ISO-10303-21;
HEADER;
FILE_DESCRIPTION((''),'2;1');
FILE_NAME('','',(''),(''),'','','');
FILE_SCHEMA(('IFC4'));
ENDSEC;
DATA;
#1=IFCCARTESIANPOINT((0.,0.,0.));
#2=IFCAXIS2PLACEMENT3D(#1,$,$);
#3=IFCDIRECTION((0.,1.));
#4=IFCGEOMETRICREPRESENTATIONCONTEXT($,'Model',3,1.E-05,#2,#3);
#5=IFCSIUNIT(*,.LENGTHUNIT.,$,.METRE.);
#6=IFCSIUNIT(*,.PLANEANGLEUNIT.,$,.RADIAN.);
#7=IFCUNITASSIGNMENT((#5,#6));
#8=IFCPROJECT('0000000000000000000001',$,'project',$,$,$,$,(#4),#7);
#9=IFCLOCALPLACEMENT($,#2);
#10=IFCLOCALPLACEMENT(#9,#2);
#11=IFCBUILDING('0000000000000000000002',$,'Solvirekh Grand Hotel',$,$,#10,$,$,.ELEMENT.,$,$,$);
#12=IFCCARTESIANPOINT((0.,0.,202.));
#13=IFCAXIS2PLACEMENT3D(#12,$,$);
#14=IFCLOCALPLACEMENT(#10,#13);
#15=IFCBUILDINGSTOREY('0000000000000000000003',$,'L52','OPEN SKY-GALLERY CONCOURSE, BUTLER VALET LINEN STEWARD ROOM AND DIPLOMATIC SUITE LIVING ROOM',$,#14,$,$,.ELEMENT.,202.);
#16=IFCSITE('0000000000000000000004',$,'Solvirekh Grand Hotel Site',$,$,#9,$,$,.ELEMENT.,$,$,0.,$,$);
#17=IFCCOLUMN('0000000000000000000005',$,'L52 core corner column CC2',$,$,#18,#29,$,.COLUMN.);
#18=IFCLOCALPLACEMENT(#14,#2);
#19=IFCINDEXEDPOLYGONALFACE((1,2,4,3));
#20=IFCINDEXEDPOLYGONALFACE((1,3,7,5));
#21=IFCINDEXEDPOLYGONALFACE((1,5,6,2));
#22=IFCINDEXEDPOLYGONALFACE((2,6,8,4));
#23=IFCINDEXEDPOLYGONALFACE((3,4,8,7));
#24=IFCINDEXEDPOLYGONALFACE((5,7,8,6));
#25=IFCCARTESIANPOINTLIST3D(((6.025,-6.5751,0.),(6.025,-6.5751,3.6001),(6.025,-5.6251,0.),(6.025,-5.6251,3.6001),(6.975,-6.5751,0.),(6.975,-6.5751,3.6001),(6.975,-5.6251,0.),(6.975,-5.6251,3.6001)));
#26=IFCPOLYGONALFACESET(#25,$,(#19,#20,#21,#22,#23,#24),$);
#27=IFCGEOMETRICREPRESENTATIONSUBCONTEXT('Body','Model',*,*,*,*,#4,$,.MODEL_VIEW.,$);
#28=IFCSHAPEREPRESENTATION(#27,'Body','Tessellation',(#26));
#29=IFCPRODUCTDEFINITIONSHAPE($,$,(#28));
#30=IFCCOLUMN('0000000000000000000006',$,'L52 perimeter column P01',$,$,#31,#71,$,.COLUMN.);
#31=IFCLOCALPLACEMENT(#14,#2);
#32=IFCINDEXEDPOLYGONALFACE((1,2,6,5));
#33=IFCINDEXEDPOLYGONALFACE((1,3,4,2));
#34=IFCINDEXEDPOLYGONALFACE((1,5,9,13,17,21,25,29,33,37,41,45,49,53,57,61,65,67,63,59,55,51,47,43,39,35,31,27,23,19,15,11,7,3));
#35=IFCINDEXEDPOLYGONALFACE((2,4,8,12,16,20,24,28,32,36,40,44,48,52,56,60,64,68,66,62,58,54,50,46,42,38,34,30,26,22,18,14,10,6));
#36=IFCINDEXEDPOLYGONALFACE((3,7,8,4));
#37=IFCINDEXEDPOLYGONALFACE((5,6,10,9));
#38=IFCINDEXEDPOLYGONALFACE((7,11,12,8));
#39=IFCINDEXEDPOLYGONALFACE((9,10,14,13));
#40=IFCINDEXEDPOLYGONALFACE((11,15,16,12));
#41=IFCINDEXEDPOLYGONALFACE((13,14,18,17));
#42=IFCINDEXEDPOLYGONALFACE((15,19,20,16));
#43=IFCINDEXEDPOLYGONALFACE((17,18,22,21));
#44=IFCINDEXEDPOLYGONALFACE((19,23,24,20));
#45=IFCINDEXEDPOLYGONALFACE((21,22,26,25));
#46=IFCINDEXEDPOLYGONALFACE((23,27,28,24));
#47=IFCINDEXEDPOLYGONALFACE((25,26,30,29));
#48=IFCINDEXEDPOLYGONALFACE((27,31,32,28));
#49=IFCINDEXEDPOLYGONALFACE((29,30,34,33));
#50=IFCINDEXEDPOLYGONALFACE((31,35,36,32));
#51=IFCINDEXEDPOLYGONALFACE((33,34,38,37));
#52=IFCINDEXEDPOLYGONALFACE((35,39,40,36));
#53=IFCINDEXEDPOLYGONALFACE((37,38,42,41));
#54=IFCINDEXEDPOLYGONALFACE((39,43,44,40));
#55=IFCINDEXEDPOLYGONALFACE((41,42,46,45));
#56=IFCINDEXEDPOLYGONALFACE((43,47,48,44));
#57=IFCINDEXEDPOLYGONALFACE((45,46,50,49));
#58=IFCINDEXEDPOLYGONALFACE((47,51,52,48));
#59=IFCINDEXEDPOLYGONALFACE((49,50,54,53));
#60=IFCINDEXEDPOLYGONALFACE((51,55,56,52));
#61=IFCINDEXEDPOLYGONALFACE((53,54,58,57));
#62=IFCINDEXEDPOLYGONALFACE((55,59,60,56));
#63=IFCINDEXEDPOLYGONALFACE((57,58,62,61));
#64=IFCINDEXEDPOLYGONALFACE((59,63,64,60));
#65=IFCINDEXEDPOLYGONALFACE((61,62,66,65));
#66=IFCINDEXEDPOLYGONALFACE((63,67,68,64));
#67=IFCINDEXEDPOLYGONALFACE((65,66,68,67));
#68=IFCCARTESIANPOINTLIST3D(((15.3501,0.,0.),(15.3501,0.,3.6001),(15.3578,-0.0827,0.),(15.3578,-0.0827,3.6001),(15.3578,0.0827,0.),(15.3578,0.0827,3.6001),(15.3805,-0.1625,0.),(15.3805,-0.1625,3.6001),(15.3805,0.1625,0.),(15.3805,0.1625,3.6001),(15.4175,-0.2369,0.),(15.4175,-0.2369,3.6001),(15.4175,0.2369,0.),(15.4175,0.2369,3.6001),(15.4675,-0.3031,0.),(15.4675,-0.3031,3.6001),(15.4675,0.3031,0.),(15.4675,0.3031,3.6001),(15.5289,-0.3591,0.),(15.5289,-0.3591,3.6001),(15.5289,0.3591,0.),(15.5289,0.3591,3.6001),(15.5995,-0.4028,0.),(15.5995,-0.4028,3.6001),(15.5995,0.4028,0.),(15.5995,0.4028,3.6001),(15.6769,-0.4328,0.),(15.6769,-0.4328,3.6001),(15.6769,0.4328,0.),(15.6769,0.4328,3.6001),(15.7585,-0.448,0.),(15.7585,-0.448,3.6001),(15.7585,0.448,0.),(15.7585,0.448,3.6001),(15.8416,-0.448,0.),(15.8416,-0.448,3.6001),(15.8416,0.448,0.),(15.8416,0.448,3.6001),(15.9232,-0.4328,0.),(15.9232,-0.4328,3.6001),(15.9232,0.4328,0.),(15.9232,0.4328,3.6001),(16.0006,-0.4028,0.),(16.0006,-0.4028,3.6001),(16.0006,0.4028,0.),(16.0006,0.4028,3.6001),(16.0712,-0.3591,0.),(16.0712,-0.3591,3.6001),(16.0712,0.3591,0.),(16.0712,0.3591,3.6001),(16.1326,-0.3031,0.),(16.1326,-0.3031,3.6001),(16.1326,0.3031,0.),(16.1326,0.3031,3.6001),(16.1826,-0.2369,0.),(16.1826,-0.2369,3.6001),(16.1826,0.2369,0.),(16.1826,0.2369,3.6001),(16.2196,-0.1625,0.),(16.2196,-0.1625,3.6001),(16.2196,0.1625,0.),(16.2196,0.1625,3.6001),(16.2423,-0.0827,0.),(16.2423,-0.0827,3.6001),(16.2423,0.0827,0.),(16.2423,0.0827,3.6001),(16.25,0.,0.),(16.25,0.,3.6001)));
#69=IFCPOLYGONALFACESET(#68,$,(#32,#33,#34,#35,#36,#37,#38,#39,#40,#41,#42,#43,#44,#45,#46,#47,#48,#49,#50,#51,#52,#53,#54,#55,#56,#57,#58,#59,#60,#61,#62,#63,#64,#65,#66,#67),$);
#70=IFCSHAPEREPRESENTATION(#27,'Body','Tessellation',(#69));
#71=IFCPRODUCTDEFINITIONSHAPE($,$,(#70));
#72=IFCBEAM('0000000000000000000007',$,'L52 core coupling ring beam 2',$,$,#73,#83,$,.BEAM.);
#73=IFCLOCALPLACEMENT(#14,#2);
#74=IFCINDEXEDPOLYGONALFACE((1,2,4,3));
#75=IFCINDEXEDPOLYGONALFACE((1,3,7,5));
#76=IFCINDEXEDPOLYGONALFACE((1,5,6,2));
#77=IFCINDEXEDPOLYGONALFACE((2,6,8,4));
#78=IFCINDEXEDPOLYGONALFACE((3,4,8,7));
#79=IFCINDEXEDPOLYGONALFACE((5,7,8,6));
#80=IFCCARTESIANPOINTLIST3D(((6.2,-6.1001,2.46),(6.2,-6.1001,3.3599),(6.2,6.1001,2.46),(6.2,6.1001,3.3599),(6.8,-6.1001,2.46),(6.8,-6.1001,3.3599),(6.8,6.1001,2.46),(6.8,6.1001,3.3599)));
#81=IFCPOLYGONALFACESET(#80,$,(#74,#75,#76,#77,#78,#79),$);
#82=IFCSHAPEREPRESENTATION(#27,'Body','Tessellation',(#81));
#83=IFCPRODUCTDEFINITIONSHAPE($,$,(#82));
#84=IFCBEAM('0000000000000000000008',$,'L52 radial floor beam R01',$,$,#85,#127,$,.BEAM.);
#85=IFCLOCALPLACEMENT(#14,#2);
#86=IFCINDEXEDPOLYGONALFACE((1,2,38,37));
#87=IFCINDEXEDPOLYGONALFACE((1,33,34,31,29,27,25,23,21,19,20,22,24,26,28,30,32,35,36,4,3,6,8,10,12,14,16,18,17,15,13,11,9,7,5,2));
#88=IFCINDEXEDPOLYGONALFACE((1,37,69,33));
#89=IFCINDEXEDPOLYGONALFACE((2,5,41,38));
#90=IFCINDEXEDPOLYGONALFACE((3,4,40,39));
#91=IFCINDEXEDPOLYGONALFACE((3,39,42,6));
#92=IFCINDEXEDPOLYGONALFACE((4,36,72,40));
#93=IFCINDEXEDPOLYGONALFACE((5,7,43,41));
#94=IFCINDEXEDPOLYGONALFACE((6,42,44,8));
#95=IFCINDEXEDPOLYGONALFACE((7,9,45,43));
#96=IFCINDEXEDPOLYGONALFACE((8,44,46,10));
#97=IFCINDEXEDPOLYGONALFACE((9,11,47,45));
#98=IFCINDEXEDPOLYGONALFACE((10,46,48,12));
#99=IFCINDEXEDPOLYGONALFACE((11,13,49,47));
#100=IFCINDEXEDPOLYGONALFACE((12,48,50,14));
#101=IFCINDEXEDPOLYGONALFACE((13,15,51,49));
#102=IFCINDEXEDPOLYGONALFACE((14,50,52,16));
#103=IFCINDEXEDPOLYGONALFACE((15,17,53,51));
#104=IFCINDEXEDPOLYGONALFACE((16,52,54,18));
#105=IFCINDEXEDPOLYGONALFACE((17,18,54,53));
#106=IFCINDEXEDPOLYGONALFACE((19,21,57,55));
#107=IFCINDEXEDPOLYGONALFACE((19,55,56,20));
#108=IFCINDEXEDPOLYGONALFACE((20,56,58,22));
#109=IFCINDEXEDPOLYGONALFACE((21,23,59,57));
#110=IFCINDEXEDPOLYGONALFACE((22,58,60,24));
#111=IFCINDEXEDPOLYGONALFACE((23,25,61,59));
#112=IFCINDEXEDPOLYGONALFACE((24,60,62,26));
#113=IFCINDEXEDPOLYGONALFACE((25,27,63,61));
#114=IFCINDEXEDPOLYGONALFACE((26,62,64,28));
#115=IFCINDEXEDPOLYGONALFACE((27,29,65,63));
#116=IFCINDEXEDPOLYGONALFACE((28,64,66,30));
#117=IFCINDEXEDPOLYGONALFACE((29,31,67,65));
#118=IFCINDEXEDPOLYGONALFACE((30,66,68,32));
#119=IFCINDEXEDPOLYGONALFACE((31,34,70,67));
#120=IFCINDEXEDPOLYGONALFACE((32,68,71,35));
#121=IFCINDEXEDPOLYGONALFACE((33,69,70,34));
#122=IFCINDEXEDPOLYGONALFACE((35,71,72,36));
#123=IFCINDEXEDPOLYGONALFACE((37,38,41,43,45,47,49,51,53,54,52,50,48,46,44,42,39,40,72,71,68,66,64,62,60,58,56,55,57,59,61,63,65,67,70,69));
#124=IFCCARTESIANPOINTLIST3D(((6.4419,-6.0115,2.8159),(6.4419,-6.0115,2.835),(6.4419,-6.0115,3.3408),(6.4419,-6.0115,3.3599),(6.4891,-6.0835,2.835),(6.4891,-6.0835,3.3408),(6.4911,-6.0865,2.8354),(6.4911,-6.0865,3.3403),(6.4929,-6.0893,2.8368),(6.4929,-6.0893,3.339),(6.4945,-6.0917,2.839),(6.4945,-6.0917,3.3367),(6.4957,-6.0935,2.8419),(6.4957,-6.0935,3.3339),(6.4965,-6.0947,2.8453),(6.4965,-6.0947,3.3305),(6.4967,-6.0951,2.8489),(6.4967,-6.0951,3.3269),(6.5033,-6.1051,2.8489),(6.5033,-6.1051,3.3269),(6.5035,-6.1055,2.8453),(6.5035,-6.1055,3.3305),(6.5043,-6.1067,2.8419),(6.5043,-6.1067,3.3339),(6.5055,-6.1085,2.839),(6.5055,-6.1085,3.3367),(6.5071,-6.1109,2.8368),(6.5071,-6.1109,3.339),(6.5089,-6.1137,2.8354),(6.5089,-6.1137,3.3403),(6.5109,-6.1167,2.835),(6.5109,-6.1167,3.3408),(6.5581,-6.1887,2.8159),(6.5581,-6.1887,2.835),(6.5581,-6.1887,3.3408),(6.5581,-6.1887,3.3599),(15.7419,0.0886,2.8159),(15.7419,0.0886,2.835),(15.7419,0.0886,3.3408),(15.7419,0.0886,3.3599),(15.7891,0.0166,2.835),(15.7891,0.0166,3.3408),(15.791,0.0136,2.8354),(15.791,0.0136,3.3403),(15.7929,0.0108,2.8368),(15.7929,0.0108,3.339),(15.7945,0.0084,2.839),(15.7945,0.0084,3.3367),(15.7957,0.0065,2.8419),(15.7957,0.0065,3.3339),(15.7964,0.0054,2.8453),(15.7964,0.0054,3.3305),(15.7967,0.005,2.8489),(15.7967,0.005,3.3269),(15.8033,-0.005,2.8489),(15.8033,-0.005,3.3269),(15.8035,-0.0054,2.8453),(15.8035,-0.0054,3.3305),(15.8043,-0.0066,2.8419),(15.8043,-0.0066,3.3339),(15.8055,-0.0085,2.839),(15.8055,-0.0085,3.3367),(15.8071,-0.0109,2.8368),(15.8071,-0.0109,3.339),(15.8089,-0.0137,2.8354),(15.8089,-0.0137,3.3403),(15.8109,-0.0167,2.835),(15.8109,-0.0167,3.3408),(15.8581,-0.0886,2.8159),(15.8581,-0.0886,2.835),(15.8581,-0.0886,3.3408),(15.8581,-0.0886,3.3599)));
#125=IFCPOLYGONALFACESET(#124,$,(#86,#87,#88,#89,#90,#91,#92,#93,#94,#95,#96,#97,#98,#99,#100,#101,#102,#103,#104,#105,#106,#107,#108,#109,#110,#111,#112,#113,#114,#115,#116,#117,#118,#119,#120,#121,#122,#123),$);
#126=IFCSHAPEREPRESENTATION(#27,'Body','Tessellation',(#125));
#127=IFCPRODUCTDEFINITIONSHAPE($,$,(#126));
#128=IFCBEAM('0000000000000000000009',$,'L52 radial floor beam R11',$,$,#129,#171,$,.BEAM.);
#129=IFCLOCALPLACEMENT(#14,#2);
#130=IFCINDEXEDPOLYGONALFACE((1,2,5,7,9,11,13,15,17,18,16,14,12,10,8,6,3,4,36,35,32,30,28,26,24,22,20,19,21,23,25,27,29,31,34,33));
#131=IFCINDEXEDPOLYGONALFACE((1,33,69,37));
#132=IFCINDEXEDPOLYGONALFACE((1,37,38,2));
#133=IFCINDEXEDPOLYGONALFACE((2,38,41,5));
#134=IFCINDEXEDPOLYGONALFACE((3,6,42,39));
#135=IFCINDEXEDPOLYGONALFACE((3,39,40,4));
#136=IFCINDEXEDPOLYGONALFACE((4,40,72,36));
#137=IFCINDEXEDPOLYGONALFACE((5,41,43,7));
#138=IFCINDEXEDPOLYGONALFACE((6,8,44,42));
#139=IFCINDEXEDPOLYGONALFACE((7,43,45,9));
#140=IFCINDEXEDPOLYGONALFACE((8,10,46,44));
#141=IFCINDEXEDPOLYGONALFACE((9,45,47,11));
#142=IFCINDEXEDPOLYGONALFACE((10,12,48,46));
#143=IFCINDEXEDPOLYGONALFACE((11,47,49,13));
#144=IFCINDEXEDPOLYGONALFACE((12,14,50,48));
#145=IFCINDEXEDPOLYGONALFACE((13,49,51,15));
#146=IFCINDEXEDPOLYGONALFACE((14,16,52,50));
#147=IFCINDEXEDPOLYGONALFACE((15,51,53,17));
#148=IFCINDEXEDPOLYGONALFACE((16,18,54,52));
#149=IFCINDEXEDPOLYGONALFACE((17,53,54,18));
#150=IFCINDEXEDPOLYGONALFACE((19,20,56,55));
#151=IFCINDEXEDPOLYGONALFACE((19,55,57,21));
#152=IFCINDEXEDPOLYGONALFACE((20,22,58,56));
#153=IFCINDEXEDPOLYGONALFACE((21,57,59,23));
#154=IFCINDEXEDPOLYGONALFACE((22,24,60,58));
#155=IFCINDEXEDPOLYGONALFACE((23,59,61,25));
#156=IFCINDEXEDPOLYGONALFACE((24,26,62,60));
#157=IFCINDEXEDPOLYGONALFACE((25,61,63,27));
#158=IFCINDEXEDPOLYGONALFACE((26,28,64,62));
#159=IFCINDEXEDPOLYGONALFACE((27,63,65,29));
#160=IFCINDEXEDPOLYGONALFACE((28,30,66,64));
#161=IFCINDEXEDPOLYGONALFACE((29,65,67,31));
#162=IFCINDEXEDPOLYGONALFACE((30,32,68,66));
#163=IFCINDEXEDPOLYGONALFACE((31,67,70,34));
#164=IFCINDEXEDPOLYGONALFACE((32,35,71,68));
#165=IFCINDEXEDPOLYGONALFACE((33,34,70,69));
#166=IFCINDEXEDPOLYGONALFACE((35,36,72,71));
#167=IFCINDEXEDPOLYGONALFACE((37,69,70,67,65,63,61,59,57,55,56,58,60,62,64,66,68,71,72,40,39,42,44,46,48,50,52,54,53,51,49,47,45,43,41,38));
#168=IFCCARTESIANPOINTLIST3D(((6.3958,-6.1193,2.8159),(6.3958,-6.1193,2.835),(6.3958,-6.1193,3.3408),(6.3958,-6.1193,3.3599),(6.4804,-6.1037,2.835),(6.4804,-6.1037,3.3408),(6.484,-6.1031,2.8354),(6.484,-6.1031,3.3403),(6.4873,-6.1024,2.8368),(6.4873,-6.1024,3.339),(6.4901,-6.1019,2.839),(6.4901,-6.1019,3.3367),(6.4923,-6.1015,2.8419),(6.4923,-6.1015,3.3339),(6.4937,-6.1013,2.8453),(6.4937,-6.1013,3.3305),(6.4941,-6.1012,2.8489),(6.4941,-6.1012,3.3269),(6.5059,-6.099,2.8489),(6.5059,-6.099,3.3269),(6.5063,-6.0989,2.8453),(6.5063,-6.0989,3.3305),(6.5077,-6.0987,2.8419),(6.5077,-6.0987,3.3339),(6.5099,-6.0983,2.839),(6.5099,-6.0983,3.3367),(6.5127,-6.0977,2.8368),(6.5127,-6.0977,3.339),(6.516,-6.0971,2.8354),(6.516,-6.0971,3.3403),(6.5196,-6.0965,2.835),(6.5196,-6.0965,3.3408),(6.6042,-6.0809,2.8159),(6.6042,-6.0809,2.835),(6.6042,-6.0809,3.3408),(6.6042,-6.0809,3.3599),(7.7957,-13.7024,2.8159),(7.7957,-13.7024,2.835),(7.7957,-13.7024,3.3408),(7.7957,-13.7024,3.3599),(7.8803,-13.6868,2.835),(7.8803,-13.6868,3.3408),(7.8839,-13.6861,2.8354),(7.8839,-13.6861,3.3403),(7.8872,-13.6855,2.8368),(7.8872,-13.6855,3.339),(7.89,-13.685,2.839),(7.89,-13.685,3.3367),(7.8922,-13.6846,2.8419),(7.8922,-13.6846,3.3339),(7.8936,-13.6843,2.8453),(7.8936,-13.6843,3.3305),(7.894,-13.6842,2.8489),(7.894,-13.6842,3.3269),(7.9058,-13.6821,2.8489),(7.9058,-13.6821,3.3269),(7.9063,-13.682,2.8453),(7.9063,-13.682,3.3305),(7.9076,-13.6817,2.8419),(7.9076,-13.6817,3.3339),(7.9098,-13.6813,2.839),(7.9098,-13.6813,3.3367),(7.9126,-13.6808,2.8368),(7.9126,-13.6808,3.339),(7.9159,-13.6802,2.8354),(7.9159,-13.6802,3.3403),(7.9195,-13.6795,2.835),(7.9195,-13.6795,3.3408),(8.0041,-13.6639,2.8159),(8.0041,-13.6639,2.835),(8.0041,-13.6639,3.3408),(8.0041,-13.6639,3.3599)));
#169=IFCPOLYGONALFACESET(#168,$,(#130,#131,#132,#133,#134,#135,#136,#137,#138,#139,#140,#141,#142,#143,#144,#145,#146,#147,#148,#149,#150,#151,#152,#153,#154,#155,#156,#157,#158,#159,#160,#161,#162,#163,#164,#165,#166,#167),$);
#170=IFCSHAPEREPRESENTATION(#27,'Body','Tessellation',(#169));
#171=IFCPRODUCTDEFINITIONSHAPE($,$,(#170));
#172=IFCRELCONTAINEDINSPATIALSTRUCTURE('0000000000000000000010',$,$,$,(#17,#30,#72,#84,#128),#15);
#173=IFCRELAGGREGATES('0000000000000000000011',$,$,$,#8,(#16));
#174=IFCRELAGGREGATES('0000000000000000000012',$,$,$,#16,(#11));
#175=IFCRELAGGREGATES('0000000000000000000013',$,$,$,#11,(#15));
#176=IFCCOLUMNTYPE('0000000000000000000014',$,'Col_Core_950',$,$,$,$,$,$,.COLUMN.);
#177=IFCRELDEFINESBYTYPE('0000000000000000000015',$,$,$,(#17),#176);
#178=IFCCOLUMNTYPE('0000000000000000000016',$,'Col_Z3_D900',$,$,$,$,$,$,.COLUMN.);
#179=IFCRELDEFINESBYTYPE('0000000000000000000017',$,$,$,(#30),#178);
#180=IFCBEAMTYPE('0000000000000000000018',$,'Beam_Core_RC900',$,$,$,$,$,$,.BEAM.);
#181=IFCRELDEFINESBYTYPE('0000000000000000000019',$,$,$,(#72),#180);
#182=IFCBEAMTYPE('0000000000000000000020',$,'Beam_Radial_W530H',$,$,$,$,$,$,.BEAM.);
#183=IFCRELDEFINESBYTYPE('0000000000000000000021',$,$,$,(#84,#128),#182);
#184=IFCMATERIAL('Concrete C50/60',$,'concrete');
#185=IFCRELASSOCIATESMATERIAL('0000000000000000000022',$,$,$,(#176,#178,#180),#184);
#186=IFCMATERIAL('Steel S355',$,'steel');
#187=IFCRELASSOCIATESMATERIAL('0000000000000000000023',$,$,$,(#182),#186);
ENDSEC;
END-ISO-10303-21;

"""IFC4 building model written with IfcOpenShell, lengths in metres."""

from ifc_helpers import new_model, si_unit, direction, frame, origin, origin_2d, place, context, subcontext, project, spatial, rectangle, circle, i_section, extrude, material, material_profile, profile_set, type_object, element, save


model = new_model("IFC4")

# Units and contexts
model_context = context("Model", 3, precision=1e-05, world=origin(), true_north=direction((0.0, 1.0)))
body_context = subcontext(model_context, "Body", "Model", "MODEL_VIEW")
ifc_project = project(units=[si_unit("LENGTHUNIT", "METRE"), si_unit("PLANEANGLEUNIT", "RADIAN")], contexts=[model_context])

# Site, building, storey
site_placement = place(None, origin())
site = spatial("IfcSite", under=ifc_project, at=site_placement, Name="Solvirekh Grand Hotel Site", CompositionType="ELEMENT", RefElevation=0.0)
building_placement = place(site_placement, origin())
building = spatial("IfcBuilding", under=site, at=building_placement, Name="Solvirekh Grand Hotel", CompositionType="ELEMENT")
storey_placement = place(building_placement, frame((0.0, 0.0, 202.0)))
storey = spatial("IfcBuildingStorey", under=building, at=storey_placement, Name="L52", Description="OPEN SKY-GALLERY CONCOURSE, BUTLER VALET LINEN STEWARD ROOM AND DIPLOMATIC SUITE LIVING ROOM", CompositionType="ELEMENT", Elevation=202.0)

# Columns
ifc_material_1 = material(Name="Concrete C50/60", Category="concrete")
ifc_material_profile_1 = material_profile(ifc_material_1, rectangle(XDim=0.95, YDim=0.95, at=origin_2d()), Name="RC 950X950")
ifc_profile_set_1 = profile_set([ifc_material_profile_1], Name="Concrete C50/60")
column_type_1 = type_object("IfcColumnType", Name="Col_Core_950", PredefinedType="COLUMN", material=ifc_profile_set_1)
column_1_placement = place(storey_placement, frame((6.5, -6.1001, 0.0), z_axis=(0.0, 0.0, 1.0), x_axis=(1.0, 0.0, 0.0)))
element("IfcColumn", 1, at=column_1_placement, inside=storey, type_object=column_type_1, Name="L52 core corner column CC2", PredefinedType="COLUMN", context=body_context, shape_type="SweptSolid", body=[
    extrude(rectangle(XDim=0.95, YDim=0.95, at=origin_2d()), origin(), (0.0, 0.0, 1.0), 3.6001),
])
ifc_material_profile_2 = material_profile(ifc_material_1, circle(Radius=0.45, at=origin_2d()), Name="RC CIRC D900")
ifc_profile_set_2 = profile_set([ifc_material_profile_2], Name="Concrete C50/60")
column_type_2 = type_object("IfcColumnType", Name="Col_Z3_D900", PredefinedType="COLUMN", material=ifc_profile_set_2)
column_2_placement = place(storey_placement, frame((15.8, 0.0, 0.0), z_axis=(0.0, 0.0, 1.0), x_axis=(1.0, 0.0, 0.0)))
element("IfcColumn", 2, at=column_2_placement, inside=storey, type_object=column_type_2, Name="L52 perimeter column P01", PredefinedType="COLUMN", context=body_context, shape_type="SweptSolid", body=[
    extrude(circle(Radius=0.45, at=origin_2d()), origin(), (0.0, 0.0, 1.0), 3.6001),
])

# Beams
ifc_material_profile_3 = material_profile(ifc_material_1, rectangle(XDim=0.6001, YDim=0.8999, at=origin_2d()), Name="RC BEAM 600X900")
ifc_profile_set_3 = profile_set([ifc_material_profile_3], Name="Concrete C50/60")
beam_type_1 = type_object("IfcBeamType", Name="Beam_Core_RC900", PredefinedType="BEAM", material=ifc_profile_set_3)
beam_1_placement = place(storey_placement, frame((6.5, -6.1001, 2.9099), z_axis=(0.0, 1.0, 0.0), x_axis=(-1.0, 0.0, 0.0)))
element("IfcBeam", 3, at=beam_1_placement, inside=storey, type_object=beam_type_1, Name="L52 core coupling ring beam 2", PredefinedType="BEAM", context=body_context, shape_type="SweptSolid", body=[
    extrude(rectangle(XDim=0.6001, YDim=0.8999, at=origin_2d()), origin(), (0.0, 0.0, 1.0), 12.2002),
])
ifc_material_2 = material(Name="Steel S355", Category="steel")
ifc_material_profile_4 = material_profile(ifc_material_2, i_section(OverallWidth=0.2119, OverallDepth=0.5439, WebThickness=0.012, FlangeThickness=0.019, FilletRadius=0.0139, at=origin_2d()), Name="W530X123")
ifc_profile_set_4 = profile_set([ifc_material_profile_4], Name="Steel S355")
beam_type_2 = type_object("IfcBeamType", Name="Beam_Radial_W530H", PredefinedType="BEAM", material=ifc_profile_set_4)
beam_2_placement = place(storey_placement, frame((6.5, -6.1001, 3.0879), z_axis=(0.836174, 0.548464, 0.0), x_axis=(-0.548464, 0.836174, 0.0)))
element("IfcBeam", 4, at=beam_2_placement, inside=storey, type_object=beam_type_2, Name="L52 radial floor beam R01", PredefinedType="BEAM", context=body_context, shape_type="SweptSolid", body=[
    extrude(i_section(OverallWidth=0.2119, OverallDepth=0.5439, WebThickness=0.012, FlangeThickness=0.019, FilletRadius=0.0139, at=origin_2d()), origin(), (0.0, 0.0, 1.0), 11.1221),
])
beam_3_placement = place(storey_placement, frame((6.5, -6.1001, 3.0879), z_axis=(0.181543, -0.983383, 0.0), x_axis=(0.983383, 0.181543, 0.0)))
element("IfcBeam", 5, at=beam_3_placement, inside=storey, type_object=beam_type_2, Name="L52 radial floor beam R11", PredefinedType="BEAM", context=body_context, shape_type="SweptSolid", body=[
    extrude(i_section(OverallWidth=0.2119, OverallDepth=0.5439, WebThickness=0.012, FlangeThickness=0.019, FilletRadius=0.0139, at=origin_2d()), origin(), (0.0, 0.0, 1.0), 7.7112),
])

save(model, "model.ifc")
